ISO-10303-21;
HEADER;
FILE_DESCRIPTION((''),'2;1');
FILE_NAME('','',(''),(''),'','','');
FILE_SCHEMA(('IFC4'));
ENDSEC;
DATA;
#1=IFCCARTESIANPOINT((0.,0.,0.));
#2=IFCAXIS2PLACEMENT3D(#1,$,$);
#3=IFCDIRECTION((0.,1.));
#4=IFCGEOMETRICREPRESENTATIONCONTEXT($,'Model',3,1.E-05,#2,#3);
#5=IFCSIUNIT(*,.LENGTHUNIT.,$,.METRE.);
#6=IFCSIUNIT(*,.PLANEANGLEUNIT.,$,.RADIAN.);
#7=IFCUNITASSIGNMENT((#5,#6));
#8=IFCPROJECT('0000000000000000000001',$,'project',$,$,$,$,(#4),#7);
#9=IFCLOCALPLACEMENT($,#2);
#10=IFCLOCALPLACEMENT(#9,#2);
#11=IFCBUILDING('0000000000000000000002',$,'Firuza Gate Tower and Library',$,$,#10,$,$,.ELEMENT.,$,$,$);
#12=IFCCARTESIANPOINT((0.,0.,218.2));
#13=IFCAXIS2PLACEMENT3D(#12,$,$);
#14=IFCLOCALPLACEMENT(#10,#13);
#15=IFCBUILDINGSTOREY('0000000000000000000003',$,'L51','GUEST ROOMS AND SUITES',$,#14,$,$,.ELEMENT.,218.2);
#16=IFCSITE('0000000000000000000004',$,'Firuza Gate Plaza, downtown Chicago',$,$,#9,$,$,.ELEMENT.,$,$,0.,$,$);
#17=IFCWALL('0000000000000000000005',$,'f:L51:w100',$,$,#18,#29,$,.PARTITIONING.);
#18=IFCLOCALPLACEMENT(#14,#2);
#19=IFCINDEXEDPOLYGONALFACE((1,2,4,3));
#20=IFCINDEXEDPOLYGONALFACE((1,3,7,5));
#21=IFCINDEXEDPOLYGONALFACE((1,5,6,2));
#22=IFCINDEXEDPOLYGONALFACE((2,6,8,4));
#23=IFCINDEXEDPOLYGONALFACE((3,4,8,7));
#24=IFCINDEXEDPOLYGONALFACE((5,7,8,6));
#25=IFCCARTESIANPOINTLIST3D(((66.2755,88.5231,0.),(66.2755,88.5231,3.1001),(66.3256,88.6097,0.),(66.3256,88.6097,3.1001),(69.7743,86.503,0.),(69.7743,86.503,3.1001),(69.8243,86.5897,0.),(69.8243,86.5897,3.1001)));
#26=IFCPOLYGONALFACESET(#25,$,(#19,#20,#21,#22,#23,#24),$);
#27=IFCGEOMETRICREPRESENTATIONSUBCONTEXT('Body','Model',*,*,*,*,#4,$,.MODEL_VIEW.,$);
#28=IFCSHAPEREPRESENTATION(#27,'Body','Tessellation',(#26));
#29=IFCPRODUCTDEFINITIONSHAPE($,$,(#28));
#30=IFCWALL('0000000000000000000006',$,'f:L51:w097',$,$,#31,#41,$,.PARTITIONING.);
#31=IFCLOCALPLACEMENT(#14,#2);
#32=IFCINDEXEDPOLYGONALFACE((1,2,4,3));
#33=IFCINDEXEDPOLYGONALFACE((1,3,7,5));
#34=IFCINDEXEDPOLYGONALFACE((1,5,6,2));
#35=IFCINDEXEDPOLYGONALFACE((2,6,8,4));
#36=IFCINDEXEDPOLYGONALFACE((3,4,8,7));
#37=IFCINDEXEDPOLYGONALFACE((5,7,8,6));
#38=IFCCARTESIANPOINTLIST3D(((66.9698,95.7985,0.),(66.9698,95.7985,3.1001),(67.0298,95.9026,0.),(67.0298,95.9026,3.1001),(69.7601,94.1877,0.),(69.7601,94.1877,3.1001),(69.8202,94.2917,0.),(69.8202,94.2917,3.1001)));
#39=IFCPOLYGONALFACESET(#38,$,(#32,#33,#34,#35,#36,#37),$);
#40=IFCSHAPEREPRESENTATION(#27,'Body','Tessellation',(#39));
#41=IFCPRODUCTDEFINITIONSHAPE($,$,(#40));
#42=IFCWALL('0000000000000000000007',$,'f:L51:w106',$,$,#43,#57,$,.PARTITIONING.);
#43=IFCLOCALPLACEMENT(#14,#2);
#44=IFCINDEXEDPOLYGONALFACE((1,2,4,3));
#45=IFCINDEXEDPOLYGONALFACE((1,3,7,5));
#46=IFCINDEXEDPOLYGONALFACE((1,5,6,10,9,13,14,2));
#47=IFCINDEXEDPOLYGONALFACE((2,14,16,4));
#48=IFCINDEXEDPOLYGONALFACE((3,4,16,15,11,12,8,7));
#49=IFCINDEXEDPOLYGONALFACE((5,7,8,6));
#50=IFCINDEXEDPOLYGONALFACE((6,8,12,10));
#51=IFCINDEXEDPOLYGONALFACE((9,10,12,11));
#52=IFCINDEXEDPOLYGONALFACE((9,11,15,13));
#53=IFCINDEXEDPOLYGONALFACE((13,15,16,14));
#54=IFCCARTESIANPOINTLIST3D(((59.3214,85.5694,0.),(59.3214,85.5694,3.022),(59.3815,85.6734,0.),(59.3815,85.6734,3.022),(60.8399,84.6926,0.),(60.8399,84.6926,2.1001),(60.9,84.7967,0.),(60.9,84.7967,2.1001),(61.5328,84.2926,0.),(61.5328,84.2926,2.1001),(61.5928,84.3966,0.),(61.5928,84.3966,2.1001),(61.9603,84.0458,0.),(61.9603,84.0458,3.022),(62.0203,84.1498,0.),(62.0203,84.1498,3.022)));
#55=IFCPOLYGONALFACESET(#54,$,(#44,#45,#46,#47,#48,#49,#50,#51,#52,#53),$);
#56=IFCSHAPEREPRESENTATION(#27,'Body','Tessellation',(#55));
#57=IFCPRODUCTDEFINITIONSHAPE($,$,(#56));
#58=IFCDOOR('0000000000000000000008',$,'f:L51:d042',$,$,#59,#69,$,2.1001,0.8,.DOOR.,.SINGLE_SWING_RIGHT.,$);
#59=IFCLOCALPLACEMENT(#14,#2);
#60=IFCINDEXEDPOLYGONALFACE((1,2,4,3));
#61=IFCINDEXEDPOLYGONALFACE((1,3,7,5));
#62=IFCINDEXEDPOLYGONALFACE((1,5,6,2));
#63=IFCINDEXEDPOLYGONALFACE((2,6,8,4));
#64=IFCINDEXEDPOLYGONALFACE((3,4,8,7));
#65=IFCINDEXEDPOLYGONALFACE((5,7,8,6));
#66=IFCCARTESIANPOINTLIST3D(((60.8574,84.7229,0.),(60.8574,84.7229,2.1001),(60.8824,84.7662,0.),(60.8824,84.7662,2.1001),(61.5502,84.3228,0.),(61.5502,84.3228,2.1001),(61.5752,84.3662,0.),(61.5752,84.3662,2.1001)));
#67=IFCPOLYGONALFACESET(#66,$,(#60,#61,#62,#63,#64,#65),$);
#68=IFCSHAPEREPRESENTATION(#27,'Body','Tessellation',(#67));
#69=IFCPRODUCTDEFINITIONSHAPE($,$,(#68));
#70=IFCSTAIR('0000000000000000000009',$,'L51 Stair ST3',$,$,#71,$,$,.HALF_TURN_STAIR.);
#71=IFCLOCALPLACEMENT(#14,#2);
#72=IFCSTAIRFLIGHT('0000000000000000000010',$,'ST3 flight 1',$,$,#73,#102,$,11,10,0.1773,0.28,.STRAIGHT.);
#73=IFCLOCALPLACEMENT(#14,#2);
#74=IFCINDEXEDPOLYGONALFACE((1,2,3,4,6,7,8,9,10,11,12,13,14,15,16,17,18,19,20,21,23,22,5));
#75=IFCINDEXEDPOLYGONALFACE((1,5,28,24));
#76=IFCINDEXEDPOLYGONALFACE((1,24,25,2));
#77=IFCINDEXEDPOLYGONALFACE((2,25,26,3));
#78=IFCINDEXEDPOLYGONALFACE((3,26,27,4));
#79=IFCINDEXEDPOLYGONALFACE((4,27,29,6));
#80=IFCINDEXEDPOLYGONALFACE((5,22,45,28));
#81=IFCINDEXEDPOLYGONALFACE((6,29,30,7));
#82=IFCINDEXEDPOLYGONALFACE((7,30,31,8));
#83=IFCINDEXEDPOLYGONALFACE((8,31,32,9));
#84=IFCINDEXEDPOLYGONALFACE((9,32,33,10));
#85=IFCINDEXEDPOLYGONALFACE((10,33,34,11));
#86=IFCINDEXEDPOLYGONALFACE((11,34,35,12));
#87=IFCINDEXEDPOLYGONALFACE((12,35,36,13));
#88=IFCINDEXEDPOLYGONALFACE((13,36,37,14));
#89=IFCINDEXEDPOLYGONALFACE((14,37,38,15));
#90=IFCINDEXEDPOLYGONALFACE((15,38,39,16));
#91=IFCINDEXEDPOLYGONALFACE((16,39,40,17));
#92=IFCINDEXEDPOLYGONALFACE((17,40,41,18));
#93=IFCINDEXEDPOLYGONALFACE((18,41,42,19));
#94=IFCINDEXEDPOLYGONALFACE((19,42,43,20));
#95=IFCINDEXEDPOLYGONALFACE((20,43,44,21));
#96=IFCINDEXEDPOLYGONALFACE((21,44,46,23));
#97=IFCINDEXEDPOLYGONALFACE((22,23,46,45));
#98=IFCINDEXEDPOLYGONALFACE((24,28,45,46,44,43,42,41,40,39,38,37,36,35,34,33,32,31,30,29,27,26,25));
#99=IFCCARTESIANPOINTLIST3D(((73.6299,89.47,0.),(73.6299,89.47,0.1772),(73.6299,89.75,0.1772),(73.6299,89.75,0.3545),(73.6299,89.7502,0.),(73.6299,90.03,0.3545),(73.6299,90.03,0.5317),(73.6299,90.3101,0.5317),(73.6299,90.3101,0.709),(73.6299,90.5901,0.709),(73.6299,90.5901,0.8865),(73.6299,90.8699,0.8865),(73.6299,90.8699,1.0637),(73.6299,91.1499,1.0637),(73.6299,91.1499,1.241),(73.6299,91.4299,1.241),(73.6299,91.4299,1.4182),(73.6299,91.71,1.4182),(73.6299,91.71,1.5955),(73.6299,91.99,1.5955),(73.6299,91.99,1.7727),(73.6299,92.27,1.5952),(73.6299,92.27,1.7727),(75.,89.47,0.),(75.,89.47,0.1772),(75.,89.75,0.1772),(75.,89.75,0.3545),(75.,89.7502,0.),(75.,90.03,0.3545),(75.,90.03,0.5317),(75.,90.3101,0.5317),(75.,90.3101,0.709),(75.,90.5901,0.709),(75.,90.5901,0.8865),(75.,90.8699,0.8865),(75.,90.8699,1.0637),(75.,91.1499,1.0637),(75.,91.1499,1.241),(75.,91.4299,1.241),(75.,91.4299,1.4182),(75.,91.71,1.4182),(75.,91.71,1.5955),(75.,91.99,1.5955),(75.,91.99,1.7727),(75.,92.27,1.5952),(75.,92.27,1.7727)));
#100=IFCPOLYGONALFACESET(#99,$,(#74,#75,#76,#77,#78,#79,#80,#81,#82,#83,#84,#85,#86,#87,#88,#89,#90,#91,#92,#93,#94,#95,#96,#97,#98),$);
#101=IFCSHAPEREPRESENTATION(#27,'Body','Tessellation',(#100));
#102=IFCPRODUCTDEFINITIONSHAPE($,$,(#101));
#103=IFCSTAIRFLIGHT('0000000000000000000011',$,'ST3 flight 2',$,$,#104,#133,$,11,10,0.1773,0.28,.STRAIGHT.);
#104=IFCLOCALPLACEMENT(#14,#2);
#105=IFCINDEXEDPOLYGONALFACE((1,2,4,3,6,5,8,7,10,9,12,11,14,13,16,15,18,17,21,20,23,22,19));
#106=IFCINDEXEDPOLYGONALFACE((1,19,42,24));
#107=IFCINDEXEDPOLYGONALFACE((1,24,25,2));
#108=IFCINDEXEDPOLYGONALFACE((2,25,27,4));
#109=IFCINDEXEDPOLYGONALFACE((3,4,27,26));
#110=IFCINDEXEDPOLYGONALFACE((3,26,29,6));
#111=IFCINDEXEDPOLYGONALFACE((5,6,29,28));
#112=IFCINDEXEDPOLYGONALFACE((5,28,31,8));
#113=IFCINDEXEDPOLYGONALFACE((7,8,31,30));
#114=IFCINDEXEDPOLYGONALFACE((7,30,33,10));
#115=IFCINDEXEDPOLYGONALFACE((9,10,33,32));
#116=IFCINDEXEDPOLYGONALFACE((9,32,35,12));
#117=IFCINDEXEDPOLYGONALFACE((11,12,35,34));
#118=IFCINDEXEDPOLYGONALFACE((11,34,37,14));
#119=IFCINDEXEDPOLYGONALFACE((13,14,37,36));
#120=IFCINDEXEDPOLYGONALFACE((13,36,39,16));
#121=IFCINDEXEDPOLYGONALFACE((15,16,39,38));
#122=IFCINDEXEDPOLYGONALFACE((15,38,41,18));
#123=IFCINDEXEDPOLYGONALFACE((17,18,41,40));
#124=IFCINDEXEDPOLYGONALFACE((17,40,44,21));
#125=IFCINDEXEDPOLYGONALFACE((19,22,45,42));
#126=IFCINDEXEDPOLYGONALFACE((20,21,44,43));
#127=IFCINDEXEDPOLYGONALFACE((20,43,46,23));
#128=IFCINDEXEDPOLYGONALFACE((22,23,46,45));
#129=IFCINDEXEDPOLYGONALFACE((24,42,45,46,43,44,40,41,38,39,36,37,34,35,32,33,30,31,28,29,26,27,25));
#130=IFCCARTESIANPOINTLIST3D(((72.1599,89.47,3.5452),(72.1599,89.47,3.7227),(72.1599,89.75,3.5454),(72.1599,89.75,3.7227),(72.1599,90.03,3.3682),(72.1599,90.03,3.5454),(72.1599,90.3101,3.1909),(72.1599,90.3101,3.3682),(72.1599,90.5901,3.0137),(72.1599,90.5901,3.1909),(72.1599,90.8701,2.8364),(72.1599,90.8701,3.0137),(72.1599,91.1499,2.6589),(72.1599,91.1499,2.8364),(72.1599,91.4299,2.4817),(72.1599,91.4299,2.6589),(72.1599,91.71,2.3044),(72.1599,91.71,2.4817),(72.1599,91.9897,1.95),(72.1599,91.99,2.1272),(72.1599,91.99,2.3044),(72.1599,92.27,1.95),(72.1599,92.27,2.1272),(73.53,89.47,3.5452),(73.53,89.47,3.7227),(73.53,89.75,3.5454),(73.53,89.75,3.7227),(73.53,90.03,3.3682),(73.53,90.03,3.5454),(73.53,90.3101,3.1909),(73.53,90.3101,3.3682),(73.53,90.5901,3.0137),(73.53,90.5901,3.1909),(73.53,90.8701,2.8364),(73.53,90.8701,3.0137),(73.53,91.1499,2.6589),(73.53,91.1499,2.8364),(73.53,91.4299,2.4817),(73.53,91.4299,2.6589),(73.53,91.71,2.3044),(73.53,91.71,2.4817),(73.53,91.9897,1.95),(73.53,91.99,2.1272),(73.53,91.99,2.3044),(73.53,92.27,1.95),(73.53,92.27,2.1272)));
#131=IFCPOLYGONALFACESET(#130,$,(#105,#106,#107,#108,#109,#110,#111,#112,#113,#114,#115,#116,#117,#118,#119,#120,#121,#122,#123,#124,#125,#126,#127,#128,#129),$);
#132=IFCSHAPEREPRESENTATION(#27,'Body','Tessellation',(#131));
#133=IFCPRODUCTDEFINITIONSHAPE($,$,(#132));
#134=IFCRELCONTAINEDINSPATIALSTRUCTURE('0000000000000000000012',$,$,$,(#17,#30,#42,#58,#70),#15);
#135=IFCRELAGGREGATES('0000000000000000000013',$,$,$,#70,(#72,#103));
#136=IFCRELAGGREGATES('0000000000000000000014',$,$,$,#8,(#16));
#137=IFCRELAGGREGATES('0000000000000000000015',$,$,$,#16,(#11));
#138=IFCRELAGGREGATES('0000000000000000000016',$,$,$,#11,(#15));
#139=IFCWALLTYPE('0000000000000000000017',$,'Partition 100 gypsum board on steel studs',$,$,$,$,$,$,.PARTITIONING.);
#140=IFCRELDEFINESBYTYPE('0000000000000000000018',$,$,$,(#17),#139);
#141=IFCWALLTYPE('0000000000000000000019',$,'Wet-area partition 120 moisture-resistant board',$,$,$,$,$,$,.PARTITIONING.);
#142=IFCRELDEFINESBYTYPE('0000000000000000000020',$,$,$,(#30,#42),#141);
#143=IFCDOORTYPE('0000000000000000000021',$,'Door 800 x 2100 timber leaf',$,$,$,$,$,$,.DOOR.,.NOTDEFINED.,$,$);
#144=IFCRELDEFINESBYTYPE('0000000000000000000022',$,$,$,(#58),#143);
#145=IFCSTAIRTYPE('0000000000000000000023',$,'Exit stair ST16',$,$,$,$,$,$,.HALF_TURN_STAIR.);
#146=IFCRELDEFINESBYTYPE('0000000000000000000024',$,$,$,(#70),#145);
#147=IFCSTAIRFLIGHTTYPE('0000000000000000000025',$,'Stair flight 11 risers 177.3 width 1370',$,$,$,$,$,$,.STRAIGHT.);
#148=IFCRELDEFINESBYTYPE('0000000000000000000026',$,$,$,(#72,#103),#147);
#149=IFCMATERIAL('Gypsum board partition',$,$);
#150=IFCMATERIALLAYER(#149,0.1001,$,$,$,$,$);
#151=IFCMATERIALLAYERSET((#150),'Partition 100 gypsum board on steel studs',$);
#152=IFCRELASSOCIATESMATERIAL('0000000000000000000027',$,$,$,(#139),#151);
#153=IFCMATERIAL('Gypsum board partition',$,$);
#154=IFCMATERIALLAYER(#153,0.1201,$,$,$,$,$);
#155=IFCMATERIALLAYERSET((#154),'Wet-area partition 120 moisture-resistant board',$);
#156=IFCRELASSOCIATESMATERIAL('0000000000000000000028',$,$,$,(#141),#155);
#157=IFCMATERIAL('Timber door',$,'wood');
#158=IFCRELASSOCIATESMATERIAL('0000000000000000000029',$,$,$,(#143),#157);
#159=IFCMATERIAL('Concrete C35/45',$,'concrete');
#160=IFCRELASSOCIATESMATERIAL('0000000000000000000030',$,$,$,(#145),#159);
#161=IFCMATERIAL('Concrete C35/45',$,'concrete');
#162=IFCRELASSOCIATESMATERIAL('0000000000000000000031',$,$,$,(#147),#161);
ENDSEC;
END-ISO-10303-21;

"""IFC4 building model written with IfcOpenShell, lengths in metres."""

from ifc_helpers import new_model, si_unit, direction, frame, frame_2d, origin, place, context, subcontext, project, spatial, polyline, rectangle, outline, extrude, material, layer, layer_set, type_object, element, fill, aggregate, save


model = new_model("IFC4")

# Units and contexts
model_context = context("Model", 3, precision=1e-05, world=origin(), true_north=direction((0.0, 1.0)))
body_context = subcontext(model_context, "Body", "Model", "MODEL_VIEW")
ifc_project = project(units=[si_unit("LENGTHUNIT", "METRE"), si_unit("PLANEANGLEUNIT", "RADIAN")], contexts=[model_context])

# Site, building, storey
site_placement = place(None, origin())
site = spatial("IfcSite", under=ifc_project, at=site_placement, Name="Firuza Gate Plaza, downtown Chicago", CompositionType="ELEMENT", RefElevation=0.0)
building_placement = place(site_placement, origin())
building = spatial("IfcBuilding", under=site, at=building_placement, Name="Firuza Gate Tower and Library", CompositionType="ELEMENT")
storey_placement = place(building_placement, frame((0.0, 0.0, 218.2)))
storey = spatial("IfcBuildingStorey", under=building, at=storey_placement, Name="L51", Description="GUEST ROOMS AND SUITES", CompositionType="ELEMENT", Elevation=218.2)

# Walls
ifc_material_1 = material(Name="Gypsum board partition")
ifc_layer_1 = layer(ifc_material_1, 0.1001)
ifc_layer_set_1 = layer_set([ifc_layer_1], Name="Partition 100 gypsum board on steel studs")
wall_type_1 = type_object("IfcWallType", Name="Partition 100 gypsum board on steel studs", PredefinedType="PARTITIONING", material=ifc_layer_set_1)
wall_1_placement = place(storey_placement, frame((69.7993, 86.5464, 0.0), z_axis=(0.0, 0.0, 1.0), x_axis=(-0.866026, 0.5, 0.0)))
element("IfcWall", 1, at=wall_1_placement, inside=storey, type_object=wall_type_1, Name="f:L51:w100", PredefinedType="PARTITIONING", context=body_context, shape_type="SweptSolid", body=[
    extrude(rectangle(XDim=4.04, YDim=0.1001, at=frame_2d((2.02, 0.0))), origin(), (0.0, 0.0, 1.0), 3.1001),
])
ifc_material_2 = material(Name="Gypsum board partition")
ifc_layer_2 = layer(ifc_material_2, 0.1201)
ifc_layer_set_2 = layer_set([ifc_layer_2], Name="Wet-area partition 120 moisture-resistant board")
wall_type_2 = type_object("IfcWallType", Name="Wet-area partition 120 moisture-resistant board", PredefinedType="PARTITIONING", material=ifc_layer_set_2)
wall_2_placement = place(storey_placement, frame((69.79, 94.2397, 0.0), z_axis=(0.0, 0.0, 1.0), x_axis=(-0.866043, 0.49997, 0.0)))
element("IfcWall", 2, at=wall_2_placement, inside=storey, type_object=wall_type_2, Name="f:L51:w097", PredefinedType="PARTITIONING", context=body_context, shape_type="SweptSolid", body=[
    extrude(rectangle(XDim=3.2219, YDim=0.1201, at=frame_2d((1.6108, 0.0))), origin(), (0.0, 0.0, 1.0), 3.1001),
])

# Wall, opening, door
wall_3_placement = place(storey_placement, frame((59.3516, 85.6213, 0.0), z_axis=(0.0, 0.0, 1.0), x_axis=(0.866011, -0.500025, 0.0)))
wall_3 = element("IfcWall", 3, at=wall_3_placement, inside=storey, type_object=wall_type_2, Name="f:L51:w106", PredefinedType="PARTITIONING", context=body_context, shape_type="SweptSolid", body=[
    extrude(rectangle(XDim=3.0471, YDim=0.1201, at=frame_2d((1.5234, 0.0))), origin(), (0.0, 0.0, 1.0), 3.022),
])
opening_1_placement = place(wall_3_placement, frame((1.7534, 0.0, 0.0)))
opening_1 = element("IfcOpeningElement", 4, at=opening_1_placement, cuts=wall_3, PredefinedType="OPENING", context=body_context, shape_type="SweptSolid", body=[
    extrude(rectangle(XDim=0.8, YDim=2.1001, at=frame_2d((0.3999, 1.05))), frame((0.0, 0.0701, 0.0), z_axis=(0.0, -1.0, 0.0), x_axis=(1.0, 0.0, 0.0)), (0.0, 0.0, 1.0), 0.1401),
])
ifc_material_3 = material(Name="Timber door", Category="wood")
door_type_1 = type_object("IfcDoorType", Name="Door 800 x 2100 timber leaf", OperationType="NOTDEFINED", PredefinedType="DOOR", material=ifc_material_3)
door_1_placement = place(opening_1_placement, origin())
door_1 = element("IfcDoor", 5, at=door_1_placement, inside=storey, type_object=door_type_1, Name="f:L51:d042", OperationType="SINGLE_SWING_RIGHT", OverallHeight=2.1001, OverallWidth=0.8, PredefinedType="DOOR", context=body_context, shape_type="SweptSolid", body=[
    extrude(rectangle(XDim=0.8, YDim=2.1001, at=frame_2d((0.3999, 1.05))), frame((0.0, 0.0249, 0.0), z_axis=(0.0, -1.0, 0.0), x_axis=(1.0, 0.0, 0.0)), (0.0, 0.0, 1.0), 0.05),
])
fill(opening_1, door_1)

# Stair, stair flights
ifc_material_4 = material(Name="Concrete C35/45", Category="concrete")
stair_type = type_object("IfcStairType", Name="Exit stair ST16", PredefinedType="HALF_TURN_STAIR", material=ifc_material_4)
stair_placement = place(storey_placement, origin())
stair = element("IfcStair", 6, at=stair_placement, inside=storey, type_object=stair_type, Name="L51 Stair ST3", PredefinedType="HALF_TURN_STAIR")
ifc_material_5 = material(Name="Concrete C35/45", Category="concrete")
stair_flight_type = type_object("IfcStairFlightType", Name="Stair flight 11 risers 177.3 width 1370", PredefinedType="STRAIGHT", material=ifc_material_5)
stair_flight_1_placement = place(storey_placement, frame((74.3149, 89.47, 0.0), z_axis=(0.0, 0.0, 1.0), x_axis=(0.0, 1.0, 0.0)))
stair_flight_1 = element("IfcStairFlight", 7, at=stair_flight_1_placement, type_object=stair_flight_type, Name="ST3 flight 1", NumberOfRisers=11, NumberOfTreads=10, PredefinedType="STRAIGHT", RiserHeight=0.1773, TreadLength=0.28, context=body_context, shape_type="SweptSolid", body=[
    extrude(outline(polyline([(0.0, 0.0), (0.0, 0.1772), (0.28, 0.1772), (0.28, 0.3545), (0.5601, 0.3545), (0.5601, 0.5317), (0.8401, 0.5317), (0.8401, 0.709), (1.1201, 0.709), (1.1201, 0.8865), (1.3999, 0.8865), (1.3999, 1.0637), (1.6799, 1.0637), (1.6799, 1.241), (1.96, 1.241), (1.96, 1.4182), (2.24, 1.4182), (2.24, 1.5955), (2.52, 1.5955), (2.52, 1.7727), (2.8, 1.7727), (2.8, 1.95), (2.8, 1.5952), (0.2803, 0.0), (0.0, 0.0)])), frame((0.0, 0.6851, 0.0), z_axis=(0.0, -1.0, 0.0), x_axis=(1.0, 0.0, 0.0)), (0.0, 0.0, 1.0), 1.3701),
])
stair_flight_2_placement = place(storey_placement, frame((72.845, 92.27, 1.95), z_axis=(0.0, 0.0, 1.0), x_axis=(0.0, -1.0, 0.0)))
stair_flight_2 = element("IfcStairFlight", 8, at=stair_flight_2_placement, type_object=stair_flight_type, Name="ST3 flight 2", NumberOfRisers=11, NumberOfTreads=10, PredefinedType="STRAIGHT", RiserHeight=0.1773, TreadLength=0.28, context=body_context, shape_type="SweptSolid", body=[
    extrude(outline(polyline([(0.0, 0.0), (0.0, 0.1772), (0.28, 0.1772), (0.28, 0.3545), (0.5601, 0.3545), (0.5601, 0.5317), (0.8401, 0.5317), (0.8401, 0.709), (1.1201, 0.709), (1.1201, 0.8865), (1.3999, 0.8865), (1.3999, 1.0637), (1.6799, 1.0637), (1.6799, 1.241), (1.96, 1.241), (1.96, 1.4182), (2.24, 1.4182), (2.24, 1.5955), (2.52, 1.5955), (2.52, 1.7727), (2.8, 1.7727), (2.8, 1.95), (2.8, 1.5952), (0.2803, 0.0), (0.0, 0.0)])), frame((0.0, 0.6851, 0.0), z_axis=(0.0, -1.0, 0.0), x_axis=(1.0, 0.0, 0.0)), (0.0, 0.0, 1.0), 1.3701),
])
aggregate(stair, [stair_flight_1, stair_flight_2])

save(model, "model.ifc")
